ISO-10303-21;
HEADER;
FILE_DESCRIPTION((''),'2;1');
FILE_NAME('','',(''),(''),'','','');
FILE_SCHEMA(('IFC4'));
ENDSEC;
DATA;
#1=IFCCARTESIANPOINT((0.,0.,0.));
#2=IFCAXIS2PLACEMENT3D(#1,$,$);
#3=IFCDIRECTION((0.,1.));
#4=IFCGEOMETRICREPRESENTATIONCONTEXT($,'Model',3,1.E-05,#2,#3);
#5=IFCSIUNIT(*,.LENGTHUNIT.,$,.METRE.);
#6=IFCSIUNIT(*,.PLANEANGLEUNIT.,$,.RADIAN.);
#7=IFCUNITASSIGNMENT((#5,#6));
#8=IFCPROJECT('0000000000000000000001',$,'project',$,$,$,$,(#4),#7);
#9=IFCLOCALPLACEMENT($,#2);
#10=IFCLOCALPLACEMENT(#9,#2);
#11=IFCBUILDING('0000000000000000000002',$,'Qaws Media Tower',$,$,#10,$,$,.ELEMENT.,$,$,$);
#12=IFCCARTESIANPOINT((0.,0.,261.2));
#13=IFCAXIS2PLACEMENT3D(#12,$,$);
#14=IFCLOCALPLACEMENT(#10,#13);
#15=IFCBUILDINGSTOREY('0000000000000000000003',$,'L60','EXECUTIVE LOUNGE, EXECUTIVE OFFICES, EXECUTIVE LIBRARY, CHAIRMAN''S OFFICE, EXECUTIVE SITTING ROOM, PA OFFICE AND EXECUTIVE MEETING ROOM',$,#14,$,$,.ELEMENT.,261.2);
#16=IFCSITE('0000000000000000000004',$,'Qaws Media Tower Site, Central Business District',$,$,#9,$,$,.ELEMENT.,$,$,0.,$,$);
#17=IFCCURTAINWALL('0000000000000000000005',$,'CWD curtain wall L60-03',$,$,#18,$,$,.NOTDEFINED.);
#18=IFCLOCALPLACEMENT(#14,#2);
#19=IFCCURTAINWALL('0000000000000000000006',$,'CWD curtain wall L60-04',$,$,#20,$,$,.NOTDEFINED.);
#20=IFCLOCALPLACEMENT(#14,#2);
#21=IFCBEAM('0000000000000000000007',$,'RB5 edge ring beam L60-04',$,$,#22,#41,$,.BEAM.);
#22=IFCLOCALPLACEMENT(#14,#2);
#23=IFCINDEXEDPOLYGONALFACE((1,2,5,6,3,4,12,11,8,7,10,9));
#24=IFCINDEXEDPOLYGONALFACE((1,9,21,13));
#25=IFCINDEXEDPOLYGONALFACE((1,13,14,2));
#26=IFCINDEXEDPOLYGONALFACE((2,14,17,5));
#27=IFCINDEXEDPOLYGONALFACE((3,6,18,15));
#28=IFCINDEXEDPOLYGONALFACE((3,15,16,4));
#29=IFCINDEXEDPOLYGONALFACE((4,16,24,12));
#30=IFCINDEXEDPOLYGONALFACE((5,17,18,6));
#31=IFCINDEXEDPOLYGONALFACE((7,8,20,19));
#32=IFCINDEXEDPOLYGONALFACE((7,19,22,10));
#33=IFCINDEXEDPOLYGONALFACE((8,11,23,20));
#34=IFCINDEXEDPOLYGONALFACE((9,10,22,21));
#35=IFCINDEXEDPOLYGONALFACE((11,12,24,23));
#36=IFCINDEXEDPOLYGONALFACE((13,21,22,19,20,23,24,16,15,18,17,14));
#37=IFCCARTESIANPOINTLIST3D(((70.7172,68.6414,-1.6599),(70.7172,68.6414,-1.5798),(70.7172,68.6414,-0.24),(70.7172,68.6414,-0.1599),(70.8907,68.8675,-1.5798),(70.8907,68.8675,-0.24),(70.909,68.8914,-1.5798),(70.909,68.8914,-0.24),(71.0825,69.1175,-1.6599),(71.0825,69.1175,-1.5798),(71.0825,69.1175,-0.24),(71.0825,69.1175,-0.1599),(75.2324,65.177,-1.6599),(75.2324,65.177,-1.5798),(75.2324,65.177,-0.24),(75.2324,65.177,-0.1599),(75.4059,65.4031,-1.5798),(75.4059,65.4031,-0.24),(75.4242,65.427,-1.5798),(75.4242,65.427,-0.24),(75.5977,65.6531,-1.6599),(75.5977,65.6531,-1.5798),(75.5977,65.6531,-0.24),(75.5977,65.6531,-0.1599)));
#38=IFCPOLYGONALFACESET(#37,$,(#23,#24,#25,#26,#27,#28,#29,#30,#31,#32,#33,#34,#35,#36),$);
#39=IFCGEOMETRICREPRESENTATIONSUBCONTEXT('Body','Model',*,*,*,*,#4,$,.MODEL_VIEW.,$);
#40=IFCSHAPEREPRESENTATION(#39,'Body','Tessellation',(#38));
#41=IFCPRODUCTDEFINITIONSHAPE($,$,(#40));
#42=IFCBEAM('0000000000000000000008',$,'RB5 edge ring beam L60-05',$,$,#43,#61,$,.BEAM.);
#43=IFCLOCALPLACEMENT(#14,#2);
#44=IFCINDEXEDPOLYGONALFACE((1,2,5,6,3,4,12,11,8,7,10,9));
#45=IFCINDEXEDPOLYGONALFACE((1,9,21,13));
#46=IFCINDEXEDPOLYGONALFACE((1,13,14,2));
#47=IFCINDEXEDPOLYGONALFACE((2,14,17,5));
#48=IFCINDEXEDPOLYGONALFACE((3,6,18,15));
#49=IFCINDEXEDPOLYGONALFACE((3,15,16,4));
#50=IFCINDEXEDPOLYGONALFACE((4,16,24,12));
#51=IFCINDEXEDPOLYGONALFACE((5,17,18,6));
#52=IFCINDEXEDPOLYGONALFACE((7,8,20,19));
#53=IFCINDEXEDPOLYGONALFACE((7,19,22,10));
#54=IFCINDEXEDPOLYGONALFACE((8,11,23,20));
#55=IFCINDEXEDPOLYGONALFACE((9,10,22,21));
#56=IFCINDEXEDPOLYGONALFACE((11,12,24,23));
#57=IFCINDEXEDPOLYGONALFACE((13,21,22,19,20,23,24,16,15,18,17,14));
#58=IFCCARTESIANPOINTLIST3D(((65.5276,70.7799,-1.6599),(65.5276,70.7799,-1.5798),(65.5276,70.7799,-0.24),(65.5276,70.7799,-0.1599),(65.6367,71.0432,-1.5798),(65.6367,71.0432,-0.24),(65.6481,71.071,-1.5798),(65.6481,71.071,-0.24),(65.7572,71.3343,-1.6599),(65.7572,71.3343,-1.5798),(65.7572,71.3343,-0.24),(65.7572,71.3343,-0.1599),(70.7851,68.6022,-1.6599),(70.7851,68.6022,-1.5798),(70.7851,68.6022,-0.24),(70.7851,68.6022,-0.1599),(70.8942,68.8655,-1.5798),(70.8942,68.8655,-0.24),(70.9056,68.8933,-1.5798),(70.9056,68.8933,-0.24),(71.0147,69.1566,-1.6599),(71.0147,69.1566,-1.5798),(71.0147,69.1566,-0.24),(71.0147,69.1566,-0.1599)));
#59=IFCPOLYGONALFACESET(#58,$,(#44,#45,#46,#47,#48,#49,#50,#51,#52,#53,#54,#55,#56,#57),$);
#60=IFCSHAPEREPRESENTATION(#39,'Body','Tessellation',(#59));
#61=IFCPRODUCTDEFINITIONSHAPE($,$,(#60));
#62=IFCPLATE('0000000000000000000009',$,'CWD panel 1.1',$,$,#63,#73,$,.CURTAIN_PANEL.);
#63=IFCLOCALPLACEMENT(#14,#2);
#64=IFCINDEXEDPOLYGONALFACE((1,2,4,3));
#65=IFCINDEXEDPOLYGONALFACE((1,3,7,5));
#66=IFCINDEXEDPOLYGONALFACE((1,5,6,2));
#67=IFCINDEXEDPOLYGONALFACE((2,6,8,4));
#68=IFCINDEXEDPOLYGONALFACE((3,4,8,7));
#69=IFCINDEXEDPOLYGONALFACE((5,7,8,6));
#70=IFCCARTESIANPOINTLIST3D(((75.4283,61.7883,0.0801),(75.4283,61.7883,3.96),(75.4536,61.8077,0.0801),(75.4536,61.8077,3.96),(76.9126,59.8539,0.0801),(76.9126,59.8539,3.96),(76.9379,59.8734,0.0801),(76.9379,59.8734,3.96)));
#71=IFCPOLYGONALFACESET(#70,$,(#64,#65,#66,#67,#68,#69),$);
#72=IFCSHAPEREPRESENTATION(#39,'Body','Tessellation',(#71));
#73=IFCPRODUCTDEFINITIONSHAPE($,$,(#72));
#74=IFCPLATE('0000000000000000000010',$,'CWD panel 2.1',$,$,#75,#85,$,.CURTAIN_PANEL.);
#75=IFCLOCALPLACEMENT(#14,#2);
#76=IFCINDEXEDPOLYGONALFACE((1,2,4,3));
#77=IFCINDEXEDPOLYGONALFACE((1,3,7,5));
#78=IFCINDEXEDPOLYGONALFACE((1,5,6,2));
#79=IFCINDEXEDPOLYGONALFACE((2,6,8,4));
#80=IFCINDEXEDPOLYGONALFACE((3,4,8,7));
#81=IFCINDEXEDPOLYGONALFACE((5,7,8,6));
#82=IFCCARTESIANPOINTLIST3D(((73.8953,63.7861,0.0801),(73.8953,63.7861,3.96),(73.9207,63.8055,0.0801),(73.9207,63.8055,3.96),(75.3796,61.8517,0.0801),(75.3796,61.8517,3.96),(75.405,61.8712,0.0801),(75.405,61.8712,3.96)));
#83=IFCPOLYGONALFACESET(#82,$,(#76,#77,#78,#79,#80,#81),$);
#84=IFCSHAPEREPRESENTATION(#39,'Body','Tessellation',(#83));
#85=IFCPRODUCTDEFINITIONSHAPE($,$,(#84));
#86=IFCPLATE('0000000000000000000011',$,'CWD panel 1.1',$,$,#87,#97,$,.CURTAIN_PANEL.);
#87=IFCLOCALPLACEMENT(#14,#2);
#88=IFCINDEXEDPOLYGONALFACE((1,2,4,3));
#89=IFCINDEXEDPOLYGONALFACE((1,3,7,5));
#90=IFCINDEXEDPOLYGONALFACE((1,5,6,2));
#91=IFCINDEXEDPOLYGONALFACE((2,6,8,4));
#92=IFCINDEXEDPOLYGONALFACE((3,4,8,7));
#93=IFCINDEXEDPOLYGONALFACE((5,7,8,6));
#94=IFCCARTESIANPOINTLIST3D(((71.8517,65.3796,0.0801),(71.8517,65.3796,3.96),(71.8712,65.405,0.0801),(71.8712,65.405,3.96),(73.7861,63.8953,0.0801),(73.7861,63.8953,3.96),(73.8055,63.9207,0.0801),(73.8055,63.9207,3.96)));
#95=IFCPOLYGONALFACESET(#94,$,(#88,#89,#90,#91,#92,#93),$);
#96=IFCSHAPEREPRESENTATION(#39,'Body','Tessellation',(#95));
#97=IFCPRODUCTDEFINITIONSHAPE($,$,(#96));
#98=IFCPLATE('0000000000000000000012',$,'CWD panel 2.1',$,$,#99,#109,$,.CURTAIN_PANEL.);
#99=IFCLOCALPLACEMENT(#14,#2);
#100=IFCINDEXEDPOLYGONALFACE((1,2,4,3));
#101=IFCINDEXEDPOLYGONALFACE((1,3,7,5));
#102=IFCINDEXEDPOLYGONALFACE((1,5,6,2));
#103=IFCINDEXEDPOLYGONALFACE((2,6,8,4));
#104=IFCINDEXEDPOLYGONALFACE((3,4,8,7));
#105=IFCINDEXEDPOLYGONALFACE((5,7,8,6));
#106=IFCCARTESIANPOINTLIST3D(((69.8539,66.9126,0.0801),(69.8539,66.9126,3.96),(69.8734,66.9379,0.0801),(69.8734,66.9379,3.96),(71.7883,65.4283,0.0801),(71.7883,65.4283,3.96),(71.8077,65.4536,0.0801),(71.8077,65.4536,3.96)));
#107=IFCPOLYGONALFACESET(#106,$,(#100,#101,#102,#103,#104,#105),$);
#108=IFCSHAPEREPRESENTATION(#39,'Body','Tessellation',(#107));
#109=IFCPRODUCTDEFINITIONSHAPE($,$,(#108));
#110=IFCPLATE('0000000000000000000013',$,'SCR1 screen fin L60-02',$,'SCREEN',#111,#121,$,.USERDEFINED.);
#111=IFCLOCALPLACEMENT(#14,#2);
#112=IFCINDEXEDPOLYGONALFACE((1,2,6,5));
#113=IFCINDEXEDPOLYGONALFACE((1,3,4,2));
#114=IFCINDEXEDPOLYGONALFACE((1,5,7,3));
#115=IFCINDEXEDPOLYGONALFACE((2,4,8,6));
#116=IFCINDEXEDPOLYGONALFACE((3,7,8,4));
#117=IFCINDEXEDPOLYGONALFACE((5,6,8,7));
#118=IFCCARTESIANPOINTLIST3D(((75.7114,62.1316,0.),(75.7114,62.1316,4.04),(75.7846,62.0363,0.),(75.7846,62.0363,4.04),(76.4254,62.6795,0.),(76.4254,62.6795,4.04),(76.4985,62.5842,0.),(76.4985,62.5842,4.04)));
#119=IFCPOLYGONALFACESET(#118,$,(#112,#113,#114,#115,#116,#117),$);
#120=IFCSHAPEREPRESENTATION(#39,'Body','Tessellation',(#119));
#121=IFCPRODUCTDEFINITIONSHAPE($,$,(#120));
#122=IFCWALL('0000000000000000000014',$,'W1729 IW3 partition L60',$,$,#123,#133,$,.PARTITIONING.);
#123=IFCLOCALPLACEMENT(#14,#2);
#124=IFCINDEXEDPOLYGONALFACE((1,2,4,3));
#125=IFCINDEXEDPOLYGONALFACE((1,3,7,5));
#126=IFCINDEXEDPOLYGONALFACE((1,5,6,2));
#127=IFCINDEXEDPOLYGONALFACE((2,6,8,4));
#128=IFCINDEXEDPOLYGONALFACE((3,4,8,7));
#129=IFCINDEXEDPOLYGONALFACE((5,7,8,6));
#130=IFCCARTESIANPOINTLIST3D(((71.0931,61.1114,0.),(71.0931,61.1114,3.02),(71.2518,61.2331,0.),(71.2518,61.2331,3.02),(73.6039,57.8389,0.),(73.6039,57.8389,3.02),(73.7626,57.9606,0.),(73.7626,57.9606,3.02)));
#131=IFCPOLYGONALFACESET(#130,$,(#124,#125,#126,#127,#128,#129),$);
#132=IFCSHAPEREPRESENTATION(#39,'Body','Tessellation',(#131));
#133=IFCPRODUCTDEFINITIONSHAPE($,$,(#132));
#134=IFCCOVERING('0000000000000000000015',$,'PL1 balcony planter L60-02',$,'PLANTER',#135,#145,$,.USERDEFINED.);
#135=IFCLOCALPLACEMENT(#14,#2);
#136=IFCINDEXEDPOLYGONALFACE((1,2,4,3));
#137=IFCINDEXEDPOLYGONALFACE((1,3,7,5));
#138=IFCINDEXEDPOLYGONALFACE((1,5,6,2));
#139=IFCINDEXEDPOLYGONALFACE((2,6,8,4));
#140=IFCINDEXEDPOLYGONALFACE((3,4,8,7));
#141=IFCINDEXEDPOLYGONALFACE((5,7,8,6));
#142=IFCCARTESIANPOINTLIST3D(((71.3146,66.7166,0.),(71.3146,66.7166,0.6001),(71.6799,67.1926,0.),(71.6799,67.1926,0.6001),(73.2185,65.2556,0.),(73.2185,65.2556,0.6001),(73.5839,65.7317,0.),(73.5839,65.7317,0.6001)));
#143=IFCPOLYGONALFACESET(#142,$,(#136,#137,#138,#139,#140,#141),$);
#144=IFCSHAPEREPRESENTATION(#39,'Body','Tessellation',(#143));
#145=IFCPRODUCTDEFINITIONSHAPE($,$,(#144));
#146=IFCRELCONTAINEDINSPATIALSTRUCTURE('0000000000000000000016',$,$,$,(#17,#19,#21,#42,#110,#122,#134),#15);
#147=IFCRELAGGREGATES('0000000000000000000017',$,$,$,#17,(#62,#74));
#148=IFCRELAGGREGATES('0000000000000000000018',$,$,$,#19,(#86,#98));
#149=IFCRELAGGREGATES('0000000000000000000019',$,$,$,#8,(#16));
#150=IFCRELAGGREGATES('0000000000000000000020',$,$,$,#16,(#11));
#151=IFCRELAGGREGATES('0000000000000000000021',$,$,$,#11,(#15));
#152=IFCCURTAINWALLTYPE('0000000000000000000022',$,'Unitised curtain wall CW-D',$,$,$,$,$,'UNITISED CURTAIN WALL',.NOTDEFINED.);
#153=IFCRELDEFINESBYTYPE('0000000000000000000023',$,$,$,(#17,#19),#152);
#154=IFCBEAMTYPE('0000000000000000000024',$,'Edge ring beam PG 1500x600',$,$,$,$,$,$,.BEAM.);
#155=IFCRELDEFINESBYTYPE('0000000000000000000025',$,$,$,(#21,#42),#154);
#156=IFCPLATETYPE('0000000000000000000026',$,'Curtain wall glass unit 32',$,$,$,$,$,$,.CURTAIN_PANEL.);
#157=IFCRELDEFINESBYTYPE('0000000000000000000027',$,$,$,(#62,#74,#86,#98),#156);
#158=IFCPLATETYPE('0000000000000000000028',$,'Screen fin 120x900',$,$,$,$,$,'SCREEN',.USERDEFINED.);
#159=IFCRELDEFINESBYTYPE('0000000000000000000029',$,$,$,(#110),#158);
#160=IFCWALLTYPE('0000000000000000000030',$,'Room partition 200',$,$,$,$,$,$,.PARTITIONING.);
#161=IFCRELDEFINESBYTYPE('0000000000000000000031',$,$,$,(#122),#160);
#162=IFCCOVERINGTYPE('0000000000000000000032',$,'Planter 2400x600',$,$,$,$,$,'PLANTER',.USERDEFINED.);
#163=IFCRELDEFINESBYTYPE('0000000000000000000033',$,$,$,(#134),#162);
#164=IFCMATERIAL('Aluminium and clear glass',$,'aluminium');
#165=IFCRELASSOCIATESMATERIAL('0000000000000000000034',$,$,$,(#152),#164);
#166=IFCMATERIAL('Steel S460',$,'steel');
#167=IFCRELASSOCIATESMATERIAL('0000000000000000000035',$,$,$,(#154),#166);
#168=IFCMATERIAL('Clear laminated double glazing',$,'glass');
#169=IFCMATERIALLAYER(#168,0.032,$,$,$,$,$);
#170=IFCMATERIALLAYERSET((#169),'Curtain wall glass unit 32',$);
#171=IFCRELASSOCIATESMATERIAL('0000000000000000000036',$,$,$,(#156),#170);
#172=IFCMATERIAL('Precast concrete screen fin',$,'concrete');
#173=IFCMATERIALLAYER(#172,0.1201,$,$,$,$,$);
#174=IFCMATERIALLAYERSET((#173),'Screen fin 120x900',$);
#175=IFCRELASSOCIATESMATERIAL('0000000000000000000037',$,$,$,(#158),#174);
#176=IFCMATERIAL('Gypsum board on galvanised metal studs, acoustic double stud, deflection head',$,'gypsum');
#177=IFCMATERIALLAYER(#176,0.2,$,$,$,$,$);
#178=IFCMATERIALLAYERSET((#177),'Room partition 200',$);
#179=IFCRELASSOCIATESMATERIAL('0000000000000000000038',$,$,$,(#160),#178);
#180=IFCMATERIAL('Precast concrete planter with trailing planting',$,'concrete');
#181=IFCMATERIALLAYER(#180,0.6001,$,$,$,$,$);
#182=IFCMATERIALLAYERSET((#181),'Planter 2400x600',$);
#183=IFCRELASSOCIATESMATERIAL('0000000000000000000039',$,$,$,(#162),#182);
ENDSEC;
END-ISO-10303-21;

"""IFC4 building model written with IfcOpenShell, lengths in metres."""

from ifc_helpers import new_model, si_unit, direction, frame, frame_2d, origin, origin_2d, place, context, subcontext, project, spatial, rectangle, i_section, extrude, material, layer, layer_set, material_profile, profile_set, type_object, element, aggregate, save


model = new_model("IFC4")

# Units and contexts
model_context = context("Model", 3, precision=1e-05, world=origin(), true_north=direction((0.0, 1.0)))
body_context = subcontext(model_context, "Body", "Model", "MODEL_VIEW")
ifc_project = project(units=[si_unit("LENGTHUNIT", "METRE"), si_unit("PLANEANGLEUNIT", "RADIAN")], contexts=[model_context])

# Site, building, storey
site_placement = place(None, origin())
site = spatial("IfcSite", under=ifc_project, at=site_placement, Name="Qaws Media Tower Site, Central Business District", CompositionType="ELEMENT", RefElevation=0.0)
building_placement = place(site_placement, origin())
building = spatial("IfcBuilding", under=site, at=building_placement, Name="Qaws Media Tower", CompositionType="ELEMENT")
storey_placement = place(building_placement, frame((0.0, 0.0, 261.2)))
storey = spatial("IfcBuildingStorey", under=building, at=storey_placement, Name="L60", Description="EXECUTIVE LOUNGE, EXECUTIVE OFFICES, EXECUTIVE LIBRARY, CHAIRMAN'S OFFICE, EXECUTIVE SITTING ROOM, PA OFFICE AND EXECUTIVE MEETING ROOM", CompositionType="ELEMENT", Elevation=261.2)

# Curtain walls
ifc_material_1 = material(Name="Aluminium and clear glass", Category="aluminium")
curtain_wall_type = type_object("IfcCurtainWallType", Name="Unitised curtain wall CW-D", ElementType="UNITISED CURTAIN WALL", PredefinedType="NOTDEFINED", material=ifc_material_1)
curtain_wall_1_placement = place(storey_placement, origin())
curtain_wall_1 = element("IfcCurtainWall", 1, at=curtain_wall_1_placement, inside=storey, type_object=curtain_wall_type, Name="CWD curtain wall L60-03", PredefinedType="NOTDEFINED")
curtain_wall_2_placement = place(storey_placement, origin())
curtain_wall_2 = element("IfcCurtainWall", 2, at=curtain_wall_2_placement, inside=storey, type_object=curtain_wall_type, Name="CWD curtain wall L60-04", PredefinedType="NOTDEFINED")

# Beams
ifc_material_2 = material(Name="Steel S460", Category="steel")
ifc_material_profile_1 = material_profile(ifc_material_2, i_section(OverallWidth=0.6001, OverallDepth=1.5, WebThickness=0.03, FlangeThickness=0.0801, at=origin_2d()), Name="PG 1500x600")
ifc_profile_set_1 = profile_set([ifc_material_profile_1], Name="Steel S460")
beam_type = type_object("IfcBeamType", Name="Edge ring beam PG 1500x600", PredefinedType="BEAM", material=ifc_profile_set_1)
for number, where, z_axis, x_axis, name in (
    (3, (75.415, 65.415, -0.9099), (-0.793373, 0.608736, 0.0), (-0.608736, -0.793373, 0.0), "RB5 edge ring beam L60-04"),
):
    element("IfcBeam", number, at=place(storey_placement, frame(where, z_axis=z_axis, x_axis=x_axis)), inside=storey, type_object=beam_type, Name=name, PredefinedType="BEAM", context=body_context, shape_type="SweptSolid", body=[
        extrude(i_section(OverallWidth=0.6001, OverallDepth=1.5, WebThickness=0.03, FlangeThickness=0.0801, at=origin_2d()), origin(), (0.0, 0.0, 1.0), 5.6912),
    ])
beam_placement = place(storey_placement, frame((70.8999, 68.8794, -0.9099), z_axis=(-0.923881, 0.38268, 0.0), x_axis=(-0.38268, -0.923881, 0.0)))
element("IfcBeam", 4, at=beam_placement, inside=storey, type_object=beam_type, Name="RB5 edge ring beam L60-05", PredefinedType="BEAM", context=body_context, shape_type="SweptSolid", body=[
    extrude(i_section(OverallWidth=0.6001, OverallDepth=1.5, WebThickness=0.03, FlangeThickness=0.0801, at=origin_2d()), origin(), (0.0, 0.0, 1.0), 5.6907),
])

# Plates
ifc_material_3 = material(Name="Clear laminated double glazing", Category="glass")
ifc_layer_1 = layer(ifc_material_3, 0.032)
ifc_layer_set_1 = layer_set([ifc_layer_1], Name="Curtain wall glass unit 32")
plate_type_1 = type_object("IfcPlateType", Name="Curtain wall glass unit 32", PredefinedType="CURTAIN_PANEL", material=ifc_layer_set_1)
plate_1_placement = place(storey_placement, frame((76.1831, 60.8308, 0.0801), z_axis=(0.0, 0.0, 1.0), x_axis=(-0.608761, 0.793353, 0.0)))
plate_1 = element("IfcPlate", 5, at=plate_1_placement, type_object=plate_type_1, Name="CWD panel 1.1", PredefinedType="CURTAIN_PANEL", context=body_context, shape_type="SweptSolid", body=[
    extrude(rectangle(XDim=2.4382, YDim=0.032, at=origin_2d()), origin(), (0.0, 0.0, 1.0), 3.8799),
])
plate_2_placement = place(storey_placement, frame((74.6501, 62.8286, 0.0801), z_axis=(0.0, 0.0, 1.0), x_axis=(-0.608761, 0.793353, 0.0)))
plate_2 = element("IfcPlate", 6, at=plate_2_placement, type_object=plate_type_1, Name="CWD panel 2.1", PredefinedType="CURTAIN_PANEL", context=body_context, shape_type="SweptSolid", body=[
    extrude(rectangle(XDim=2.4382, YDim=0.032, at=origin_2d()), origin(), (0.0, 0.0, 1.0), 3.8799),
])
aggregate(curtain_wall_1, [plate_1, plate_2])
plate_3_placement = place(storey_placement, frame((72.8286, 64.6501, 0.0801), z_axis=(0.0, 0.0, 1.0), x_axis=(-0.793353, 0.608761, 0.0)))
plate_3 = element("IfcPlate", 7, at=plate_3_placement, type_object=plate_type_1, Name="CWD panel 1.1", PredefinedType="CURTAIN_PANEL", context=body_context, shape_type="SweptSolid", body=[
    extrude(rectangle(XDim=2.4382, YDim=0.032, at=origin_2d()), origin(), (0.0, 0.0, 1.0), 3.8799),
])
plate_4_placement = place(storey_placement, frame((70.8308, 66.1831, 0.0801), z_axis=(0.0, 0.0, 1.0), x_axis=(-0.793353, 0.608761, 0.0)))
plate_4 = element("IfcPlate", 8, at=plate_4_placement, type_object=plate_type_1, Name="CWD panel 2.1", PredefinedType="CURTAIN_PANEL", context=body_context, shape_type="SweptSolid", body=[
    extrude(rectangle(XDim=2.4382, YDim=0.032, at=origin_2d()), origin(), (0.0, 0.0, 1.0), 3.8799),
])
aggregate(curtain_wall_2, [plate_3, plate_4])
ifc_material_4 = material(Name="Precast concrete screen fin", Category="concrete")
ifc_layer_2 = layer(ifc_material_4, 0.1201)
ifc_layer_set_2 = layer_set([ifc_layer_2], Name="Screen fin 120x900")
plate_type_2 = type_object("IfcPlateType", Name="Screen fin 120x900", ElementType="SCREEN", PredefinedType="USERDEFINED", material=ifc_layer_set_2)
plate_5_placement = place(storey_placement, frame((76.105, 62.3579, 0.0), z_axis=(0.0, 0.0, 1.0), x_axis=(0.793353, 0.608761, 0.0)))
element("IfcPlate", 9, at=plate_5_placement, inside=storey, type_object=plate_type_2, Name="SCR1 screen fin L60-02", ObjectType="SCREEN", PredefinedType="USERDEFINED", context=body_context, shape_type="SweptSolid", body=[
    extrude(rectangle(XDim=0.8999, YDim=0.1201, at=origin_2d()), origin(), (0.0, 0.0, 1.0), 4.04),
])

# Wall
ifc_material_5 = material(Name="Gypsum board on galvanised metal studs, acoustic double stud, deflection head", Category="gypsum")
ifc_layer_3 = layer(ifc_material_5, 0.2)
ifc_layer_set_3 = layer_set([ifc_layer_3], Name="Room partition 200")
wall_type = type_object("IfcWallType", Name="Room partition 200", PredefinedType="PARTITIONING", material=ifc_layer_set_3)
wall_placement = place(storey_placement, frame((71.1724, 61.1724, 0.0), z_axis=(0.0, 0.0, 1.0), x_axis=(0.608715, -0.793389, 0.0)))
element("IfcWall", 10, at=wall_placement, inside=storey, type_object=wall_type, Name="W1729 IW3 partition L60", PredefinedType="PARTITIONING", context=body_context, shape_type="SweptSolid", body=[
    extrude(rectangle(XDim=4.1248, YDim=0.2, at=frame_2d((2.0625, 0.0))), origin(), (0.0, 0.0, 1.0), 3.02),
])

# Covering
ifc_material_6 = material(Name="Precast concrete planter with trailing planting", Category="concrete")
ifc_layer_4 = layer(ifc_material_6, 0.6001)
ifc_layer_set_4 = layer_set([ifc_layer_4], Name="Planter 2400x600")
covering_type = type_object("IfcCoveringType", Name="Planter 2400x600", ElementType="PLANTER", PredefinedType="USERDEFINED", material=ifc_layer_set_4)
covering_placement = place(storey_placement, frame((72.4492, 66.2241, 0.0), z_axis=(0.0, 0.0, 1.0), x_axis=(-0.793353, 0.608761, 0.0)))
element("IfcCovering", 11, at=covering_placement, inside=storey, type_object=covering_type, Name="PL1 balcony planter L60-02", ObjectType="PLANTER", PredefinedType="USERDEFINED", context=body_context, shape_type="SweptSolid", body=[
    extrude(rectangle(XDim=2.3999, YDim=0.6001, at=origin_2d()), origin(), (0.0, 0.0, 1.0), 0.6001),
])

save(model, "model.ifc")
